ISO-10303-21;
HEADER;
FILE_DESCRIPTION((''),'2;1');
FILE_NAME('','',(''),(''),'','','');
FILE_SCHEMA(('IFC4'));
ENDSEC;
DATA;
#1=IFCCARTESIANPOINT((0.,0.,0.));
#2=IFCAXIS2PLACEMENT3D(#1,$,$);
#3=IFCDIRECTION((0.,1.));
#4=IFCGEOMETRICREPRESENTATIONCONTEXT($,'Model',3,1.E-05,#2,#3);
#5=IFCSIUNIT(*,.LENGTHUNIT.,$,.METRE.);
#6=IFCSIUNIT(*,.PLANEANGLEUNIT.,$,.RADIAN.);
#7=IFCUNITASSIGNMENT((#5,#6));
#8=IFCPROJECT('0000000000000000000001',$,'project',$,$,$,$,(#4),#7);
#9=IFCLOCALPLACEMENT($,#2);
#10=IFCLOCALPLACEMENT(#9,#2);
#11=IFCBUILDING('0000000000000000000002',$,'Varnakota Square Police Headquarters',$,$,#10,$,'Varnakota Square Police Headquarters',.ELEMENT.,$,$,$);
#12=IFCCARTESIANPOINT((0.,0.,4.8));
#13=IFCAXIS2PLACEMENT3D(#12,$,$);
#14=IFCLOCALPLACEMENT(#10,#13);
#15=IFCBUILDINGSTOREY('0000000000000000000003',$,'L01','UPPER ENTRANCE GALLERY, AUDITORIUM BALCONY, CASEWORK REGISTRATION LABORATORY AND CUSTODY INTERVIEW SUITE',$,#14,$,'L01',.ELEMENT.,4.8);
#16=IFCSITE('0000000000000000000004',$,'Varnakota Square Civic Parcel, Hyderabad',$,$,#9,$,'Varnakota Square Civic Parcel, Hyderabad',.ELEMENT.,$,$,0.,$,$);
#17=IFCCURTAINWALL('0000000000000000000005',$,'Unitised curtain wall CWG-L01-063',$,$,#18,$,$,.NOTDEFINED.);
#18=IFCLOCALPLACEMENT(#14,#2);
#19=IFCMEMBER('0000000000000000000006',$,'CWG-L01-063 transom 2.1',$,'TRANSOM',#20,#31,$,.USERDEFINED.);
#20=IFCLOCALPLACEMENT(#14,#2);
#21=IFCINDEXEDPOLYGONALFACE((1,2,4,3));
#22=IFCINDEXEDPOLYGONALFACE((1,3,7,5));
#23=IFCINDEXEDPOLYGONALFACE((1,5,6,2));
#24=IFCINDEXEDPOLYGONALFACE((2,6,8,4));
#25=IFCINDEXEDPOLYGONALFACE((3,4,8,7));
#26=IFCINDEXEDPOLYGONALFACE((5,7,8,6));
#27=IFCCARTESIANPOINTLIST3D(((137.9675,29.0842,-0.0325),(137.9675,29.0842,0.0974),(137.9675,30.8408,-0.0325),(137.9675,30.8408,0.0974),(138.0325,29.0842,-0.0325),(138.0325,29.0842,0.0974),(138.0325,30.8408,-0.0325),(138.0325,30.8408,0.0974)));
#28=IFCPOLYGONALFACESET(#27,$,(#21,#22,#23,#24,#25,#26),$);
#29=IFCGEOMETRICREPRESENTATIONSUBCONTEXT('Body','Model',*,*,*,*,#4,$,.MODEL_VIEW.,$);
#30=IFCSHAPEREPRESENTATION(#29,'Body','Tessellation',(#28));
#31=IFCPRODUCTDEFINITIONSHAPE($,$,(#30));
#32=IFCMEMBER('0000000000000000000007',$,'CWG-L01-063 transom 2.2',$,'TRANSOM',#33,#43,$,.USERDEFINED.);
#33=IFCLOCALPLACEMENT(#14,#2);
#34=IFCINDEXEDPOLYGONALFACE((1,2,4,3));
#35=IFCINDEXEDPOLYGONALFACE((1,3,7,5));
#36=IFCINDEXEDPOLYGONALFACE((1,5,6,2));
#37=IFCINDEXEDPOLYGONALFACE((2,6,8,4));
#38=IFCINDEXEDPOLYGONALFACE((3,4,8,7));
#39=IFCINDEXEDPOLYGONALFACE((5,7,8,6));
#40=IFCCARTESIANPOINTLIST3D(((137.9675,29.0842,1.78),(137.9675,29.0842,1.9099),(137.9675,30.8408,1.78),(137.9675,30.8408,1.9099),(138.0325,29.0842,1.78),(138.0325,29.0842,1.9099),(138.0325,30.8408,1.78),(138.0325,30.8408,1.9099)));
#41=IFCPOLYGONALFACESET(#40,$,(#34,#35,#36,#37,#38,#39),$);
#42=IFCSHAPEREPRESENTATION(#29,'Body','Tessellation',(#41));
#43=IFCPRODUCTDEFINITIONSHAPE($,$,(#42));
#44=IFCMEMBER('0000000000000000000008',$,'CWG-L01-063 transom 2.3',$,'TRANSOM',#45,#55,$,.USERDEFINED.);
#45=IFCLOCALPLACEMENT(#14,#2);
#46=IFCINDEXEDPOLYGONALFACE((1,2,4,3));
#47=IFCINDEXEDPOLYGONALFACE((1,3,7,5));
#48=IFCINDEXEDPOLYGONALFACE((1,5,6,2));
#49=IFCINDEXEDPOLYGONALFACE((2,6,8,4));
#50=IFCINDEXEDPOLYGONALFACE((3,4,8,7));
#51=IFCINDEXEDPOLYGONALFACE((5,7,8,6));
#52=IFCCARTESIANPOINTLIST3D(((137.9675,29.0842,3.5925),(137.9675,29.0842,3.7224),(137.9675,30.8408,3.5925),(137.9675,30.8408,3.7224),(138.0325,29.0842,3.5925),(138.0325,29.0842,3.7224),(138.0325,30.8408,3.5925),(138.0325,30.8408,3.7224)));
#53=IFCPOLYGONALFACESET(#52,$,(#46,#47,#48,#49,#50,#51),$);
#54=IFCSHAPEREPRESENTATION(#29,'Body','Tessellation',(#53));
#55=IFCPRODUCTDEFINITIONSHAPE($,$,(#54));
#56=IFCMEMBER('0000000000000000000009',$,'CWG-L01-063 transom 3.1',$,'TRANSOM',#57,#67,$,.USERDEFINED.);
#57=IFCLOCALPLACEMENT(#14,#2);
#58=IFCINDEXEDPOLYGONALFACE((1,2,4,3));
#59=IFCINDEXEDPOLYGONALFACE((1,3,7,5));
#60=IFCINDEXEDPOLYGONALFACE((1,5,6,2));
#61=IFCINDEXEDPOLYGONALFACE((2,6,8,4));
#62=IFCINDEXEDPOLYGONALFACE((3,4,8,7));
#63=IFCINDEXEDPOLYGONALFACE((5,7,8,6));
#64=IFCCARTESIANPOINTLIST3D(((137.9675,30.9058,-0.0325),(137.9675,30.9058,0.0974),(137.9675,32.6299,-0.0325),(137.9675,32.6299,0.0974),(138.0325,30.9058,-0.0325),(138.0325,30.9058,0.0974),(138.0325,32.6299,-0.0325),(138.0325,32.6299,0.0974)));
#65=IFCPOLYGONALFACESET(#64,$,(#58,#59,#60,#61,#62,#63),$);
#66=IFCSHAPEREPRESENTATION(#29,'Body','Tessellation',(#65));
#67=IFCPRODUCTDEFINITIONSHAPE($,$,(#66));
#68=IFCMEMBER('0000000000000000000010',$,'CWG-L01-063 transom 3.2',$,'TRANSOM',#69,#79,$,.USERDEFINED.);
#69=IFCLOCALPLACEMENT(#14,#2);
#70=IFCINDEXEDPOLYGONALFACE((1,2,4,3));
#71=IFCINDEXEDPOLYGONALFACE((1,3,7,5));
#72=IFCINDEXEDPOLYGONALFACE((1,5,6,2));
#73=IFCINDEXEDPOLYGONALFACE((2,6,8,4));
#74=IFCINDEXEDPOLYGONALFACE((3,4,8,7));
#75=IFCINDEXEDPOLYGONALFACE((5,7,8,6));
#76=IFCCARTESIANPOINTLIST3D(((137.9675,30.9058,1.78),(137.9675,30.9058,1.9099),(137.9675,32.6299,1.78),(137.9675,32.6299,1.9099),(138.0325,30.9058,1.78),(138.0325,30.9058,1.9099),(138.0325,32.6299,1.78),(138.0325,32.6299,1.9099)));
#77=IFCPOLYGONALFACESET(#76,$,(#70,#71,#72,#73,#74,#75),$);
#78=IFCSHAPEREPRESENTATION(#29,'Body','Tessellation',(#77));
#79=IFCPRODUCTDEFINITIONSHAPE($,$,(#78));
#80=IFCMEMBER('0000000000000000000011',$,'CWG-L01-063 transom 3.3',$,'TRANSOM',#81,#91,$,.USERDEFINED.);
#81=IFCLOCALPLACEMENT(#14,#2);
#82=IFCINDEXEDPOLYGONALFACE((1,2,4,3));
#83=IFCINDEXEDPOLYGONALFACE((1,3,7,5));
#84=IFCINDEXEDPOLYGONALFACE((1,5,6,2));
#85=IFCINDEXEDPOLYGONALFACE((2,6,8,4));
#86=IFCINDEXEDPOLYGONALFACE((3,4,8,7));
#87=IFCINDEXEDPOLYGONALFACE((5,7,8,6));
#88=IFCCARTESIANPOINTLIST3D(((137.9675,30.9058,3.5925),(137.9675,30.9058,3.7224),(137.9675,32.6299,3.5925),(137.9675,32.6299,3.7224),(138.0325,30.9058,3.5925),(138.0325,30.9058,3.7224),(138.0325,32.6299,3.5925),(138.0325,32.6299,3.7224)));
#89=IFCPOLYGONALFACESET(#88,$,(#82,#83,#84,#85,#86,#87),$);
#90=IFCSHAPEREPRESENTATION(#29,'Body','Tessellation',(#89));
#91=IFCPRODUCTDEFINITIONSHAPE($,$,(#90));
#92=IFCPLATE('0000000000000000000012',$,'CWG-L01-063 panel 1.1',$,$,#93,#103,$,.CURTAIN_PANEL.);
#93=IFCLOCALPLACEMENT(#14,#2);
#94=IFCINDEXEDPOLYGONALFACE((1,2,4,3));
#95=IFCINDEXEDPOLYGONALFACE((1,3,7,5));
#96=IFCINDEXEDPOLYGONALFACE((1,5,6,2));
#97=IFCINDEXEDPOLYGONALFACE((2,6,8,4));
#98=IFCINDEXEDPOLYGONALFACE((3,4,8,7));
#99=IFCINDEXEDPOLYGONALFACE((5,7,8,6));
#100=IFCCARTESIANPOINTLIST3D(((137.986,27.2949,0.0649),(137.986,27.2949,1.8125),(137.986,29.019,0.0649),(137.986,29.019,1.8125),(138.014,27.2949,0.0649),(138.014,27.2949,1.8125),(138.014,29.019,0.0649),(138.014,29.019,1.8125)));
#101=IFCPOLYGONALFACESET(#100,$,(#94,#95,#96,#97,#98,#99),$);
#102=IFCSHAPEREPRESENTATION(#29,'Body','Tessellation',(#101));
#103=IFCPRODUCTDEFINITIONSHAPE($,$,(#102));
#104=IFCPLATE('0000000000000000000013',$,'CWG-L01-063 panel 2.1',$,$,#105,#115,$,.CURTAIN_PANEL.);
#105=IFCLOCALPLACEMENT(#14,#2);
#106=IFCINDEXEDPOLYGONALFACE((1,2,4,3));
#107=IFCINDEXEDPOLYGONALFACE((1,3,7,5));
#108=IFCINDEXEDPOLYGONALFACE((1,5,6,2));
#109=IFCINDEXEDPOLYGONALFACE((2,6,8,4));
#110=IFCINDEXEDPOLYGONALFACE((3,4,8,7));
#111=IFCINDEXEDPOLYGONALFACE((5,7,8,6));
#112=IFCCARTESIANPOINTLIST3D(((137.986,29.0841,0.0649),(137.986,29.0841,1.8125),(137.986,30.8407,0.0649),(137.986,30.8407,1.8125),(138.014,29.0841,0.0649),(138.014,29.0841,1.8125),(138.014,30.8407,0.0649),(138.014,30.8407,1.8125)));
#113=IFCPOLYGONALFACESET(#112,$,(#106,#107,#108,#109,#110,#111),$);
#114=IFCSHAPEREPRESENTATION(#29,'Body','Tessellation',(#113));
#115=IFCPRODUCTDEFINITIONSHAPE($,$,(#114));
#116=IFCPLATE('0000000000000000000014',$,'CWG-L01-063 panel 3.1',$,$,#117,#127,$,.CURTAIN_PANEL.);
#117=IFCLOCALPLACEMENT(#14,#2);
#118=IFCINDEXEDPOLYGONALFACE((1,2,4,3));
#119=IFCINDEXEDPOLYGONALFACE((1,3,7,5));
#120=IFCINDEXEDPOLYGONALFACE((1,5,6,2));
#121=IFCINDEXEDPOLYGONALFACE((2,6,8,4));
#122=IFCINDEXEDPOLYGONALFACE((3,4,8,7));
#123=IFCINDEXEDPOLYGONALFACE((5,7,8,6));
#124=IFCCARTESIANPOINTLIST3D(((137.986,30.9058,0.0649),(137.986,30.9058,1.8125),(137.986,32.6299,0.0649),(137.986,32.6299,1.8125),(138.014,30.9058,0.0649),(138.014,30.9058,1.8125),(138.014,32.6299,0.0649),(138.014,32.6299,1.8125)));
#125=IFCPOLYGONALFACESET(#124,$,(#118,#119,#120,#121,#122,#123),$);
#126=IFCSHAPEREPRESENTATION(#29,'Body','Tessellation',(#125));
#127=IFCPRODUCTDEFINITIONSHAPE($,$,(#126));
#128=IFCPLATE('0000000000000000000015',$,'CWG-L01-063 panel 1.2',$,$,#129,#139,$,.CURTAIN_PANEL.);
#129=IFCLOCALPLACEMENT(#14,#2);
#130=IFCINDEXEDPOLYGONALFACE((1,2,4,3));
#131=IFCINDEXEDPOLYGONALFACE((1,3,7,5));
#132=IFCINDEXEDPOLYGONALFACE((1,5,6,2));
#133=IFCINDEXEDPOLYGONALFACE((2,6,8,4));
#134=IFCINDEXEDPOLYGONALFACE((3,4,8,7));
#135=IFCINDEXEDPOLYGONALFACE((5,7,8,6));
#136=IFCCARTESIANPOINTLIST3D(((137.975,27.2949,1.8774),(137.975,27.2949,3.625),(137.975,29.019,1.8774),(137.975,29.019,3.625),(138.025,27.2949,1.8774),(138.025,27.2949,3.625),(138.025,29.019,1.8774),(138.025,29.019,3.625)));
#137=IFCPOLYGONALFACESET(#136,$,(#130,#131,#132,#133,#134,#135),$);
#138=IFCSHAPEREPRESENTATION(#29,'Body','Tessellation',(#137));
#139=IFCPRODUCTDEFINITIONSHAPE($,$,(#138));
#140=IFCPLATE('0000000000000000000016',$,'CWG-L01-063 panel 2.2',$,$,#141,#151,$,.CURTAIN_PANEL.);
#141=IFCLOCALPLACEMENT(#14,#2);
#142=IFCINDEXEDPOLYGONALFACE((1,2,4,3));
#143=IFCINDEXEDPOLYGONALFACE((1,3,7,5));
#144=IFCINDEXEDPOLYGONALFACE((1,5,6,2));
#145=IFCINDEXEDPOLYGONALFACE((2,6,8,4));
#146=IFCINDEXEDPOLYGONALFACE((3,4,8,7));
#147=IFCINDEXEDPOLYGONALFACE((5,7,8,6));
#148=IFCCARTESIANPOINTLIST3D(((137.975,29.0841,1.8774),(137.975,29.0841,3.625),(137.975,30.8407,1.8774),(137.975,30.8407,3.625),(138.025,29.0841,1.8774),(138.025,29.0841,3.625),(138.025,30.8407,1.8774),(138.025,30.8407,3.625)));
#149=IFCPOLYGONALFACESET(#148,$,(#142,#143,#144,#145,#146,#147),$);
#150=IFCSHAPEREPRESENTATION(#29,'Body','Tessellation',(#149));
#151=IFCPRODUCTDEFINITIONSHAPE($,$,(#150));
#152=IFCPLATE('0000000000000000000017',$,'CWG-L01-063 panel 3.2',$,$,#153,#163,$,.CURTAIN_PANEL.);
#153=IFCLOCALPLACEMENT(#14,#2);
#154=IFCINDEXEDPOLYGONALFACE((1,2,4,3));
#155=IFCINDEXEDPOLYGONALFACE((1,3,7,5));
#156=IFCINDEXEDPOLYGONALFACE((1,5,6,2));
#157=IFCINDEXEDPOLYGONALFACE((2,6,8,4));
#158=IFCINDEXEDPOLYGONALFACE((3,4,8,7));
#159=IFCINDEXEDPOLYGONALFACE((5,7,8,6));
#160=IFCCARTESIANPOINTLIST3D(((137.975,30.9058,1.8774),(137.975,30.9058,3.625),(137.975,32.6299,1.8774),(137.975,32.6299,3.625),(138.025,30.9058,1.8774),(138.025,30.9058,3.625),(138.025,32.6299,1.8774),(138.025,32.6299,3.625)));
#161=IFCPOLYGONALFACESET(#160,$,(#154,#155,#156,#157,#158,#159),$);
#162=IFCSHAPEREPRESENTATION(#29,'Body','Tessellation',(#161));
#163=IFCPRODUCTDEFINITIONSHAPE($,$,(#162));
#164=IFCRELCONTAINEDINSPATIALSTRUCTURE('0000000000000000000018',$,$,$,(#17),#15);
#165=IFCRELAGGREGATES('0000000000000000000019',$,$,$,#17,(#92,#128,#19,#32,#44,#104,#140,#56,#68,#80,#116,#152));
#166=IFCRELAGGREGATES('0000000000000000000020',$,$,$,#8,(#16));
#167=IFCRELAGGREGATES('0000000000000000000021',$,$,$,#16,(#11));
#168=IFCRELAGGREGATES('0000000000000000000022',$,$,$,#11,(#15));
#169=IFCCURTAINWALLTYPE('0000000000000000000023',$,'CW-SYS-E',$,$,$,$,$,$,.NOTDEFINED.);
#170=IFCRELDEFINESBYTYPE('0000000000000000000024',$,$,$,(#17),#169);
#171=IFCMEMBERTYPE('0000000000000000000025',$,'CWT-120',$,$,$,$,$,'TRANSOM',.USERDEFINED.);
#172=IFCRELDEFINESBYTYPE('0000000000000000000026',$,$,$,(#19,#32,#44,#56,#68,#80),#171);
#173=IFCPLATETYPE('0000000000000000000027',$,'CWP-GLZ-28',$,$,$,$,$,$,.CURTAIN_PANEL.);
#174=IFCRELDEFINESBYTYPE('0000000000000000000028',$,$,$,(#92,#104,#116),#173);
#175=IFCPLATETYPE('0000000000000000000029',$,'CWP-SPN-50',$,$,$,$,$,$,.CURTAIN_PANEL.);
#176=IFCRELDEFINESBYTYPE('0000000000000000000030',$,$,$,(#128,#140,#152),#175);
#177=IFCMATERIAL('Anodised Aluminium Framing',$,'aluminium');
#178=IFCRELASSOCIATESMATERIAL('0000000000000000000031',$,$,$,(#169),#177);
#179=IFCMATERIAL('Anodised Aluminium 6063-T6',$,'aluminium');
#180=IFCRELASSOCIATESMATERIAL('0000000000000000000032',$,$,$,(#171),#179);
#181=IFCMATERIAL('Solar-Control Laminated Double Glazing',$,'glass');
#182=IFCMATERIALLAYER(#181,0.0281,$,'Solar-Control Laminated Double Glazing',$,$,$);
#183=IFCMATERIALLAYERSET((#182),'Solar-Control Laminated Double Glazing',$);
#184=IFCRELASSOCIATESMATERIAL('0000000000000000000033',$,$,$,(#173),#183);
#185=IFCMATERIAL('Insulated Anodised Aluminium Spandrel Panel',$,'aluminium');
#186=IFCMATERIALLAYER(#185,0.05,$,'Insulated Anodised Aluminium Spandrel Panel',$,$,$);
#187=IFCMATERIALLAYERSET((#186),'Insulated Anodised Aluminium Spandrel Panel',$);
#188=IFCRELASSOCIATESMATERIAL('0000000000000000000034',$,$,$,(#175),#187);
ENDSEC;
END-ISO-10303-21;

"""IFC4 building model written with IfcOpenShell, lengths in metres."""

from ifc_helpers import new_model, si_unit, direction, frame, origin, origin_2d, place, context, subcontext, project, spatial, rectangle, extrude, material, layer, layer_set, material_profile, profile_set, type_object, element, aggregate, save


model = new_model("IFC4")

# Units and contexts
model_context = context("Model", 3, precision=1e-05, world=origin(), true_north=direction((0.0, 1.0)))
body_context = subcontext(model_context, "Body", "Model", "MODEL_VIEW")
ifc_project = project(units=[si_unit("LENGTHUNIT", "METRE"), si_unit("PLANEANGLEUNIT", "RADIAN")], contexts=[model_context])

# Site, building, storey
site_placement = place(None, origin())
site = spatial("IfcSite", under=ifc_project, at=site_placement, Name="Varnakota Square Civic Parcel, Hyderabad", LongName="Varnakota Square Civic Parcel, Hyderabad", CompositionType="ELEMENT", RefElevation=0.0)
building_placement = place(site_placement, origin())
building = spatial("IfcBuilding", under=site, at=building_placement, Name="Varnakota Square Police Headquarters", LongName="Varnakota Square Police Headquarters", CompositionType="ELEMENT")
storey_placement = place(building_placement, frame((0.0, 0.0, 4.8)))
storey = spatial("IfcBuildingStorey", under=building, at=storey_placement, Name="L01", Description="UPPER ENTRANCE GALLERY, AUDITORIUM BALCONY, CASEWORK REGISTRATION LABORATORY AND CUSTODY INTERVIEW SUITE", LongName="L01", CompositionType="ELEMENT", Elevation=4.8)

# Curtain wall, members, plates
ifc_material_1 = material(Name="Anodised Aluminium Framing", Category="aluminium")
curtain_wall_type = type_object("IfcCurtainWallType", Name="CW-SYS-E", PredefinedType="NOTDEFINED", material=ifc_material_1)
curtain_wall_placement = place(storey_placement, origin())
curtain_wall = element("IfcCurtainWall", 1, at=curtain_wall_placement, inside=storey, type_object=curtain_wall_type, Name="Unitised curtain wall CWG-L01-063", PredefinedType="NOTDEFINED")
ifc_material_2 = material(Name="Anodised Aluminium 6063-T6", Category="aluminium")
ifc_material_profile_1 = material_profile(ifc_material_2, rectangle(XDim=0.0649, YDim=0.1299, at=origin_2d()), Name="ALU TRANSOM 65x130")
ifc_profile_set_1 = profile_set([ifc_material_profile_1], Name="Anodised Aluminium 6063-T6")
member_type_1 = type_object("IfcMemberType", Name="CWT-120", ElementType="TRANSOM", PredefinedType="USERDEFINED", material=ifc_profile_set_1)
member_1_placement = place(storey_placement, frame((138.0, 29.0842, 0.0325), z_axis=(0.0, 1.0, 0.0), x_axis=(-1.0, 0.0, 0.0)))
member_1 = element("IfcMember", 2, at=member_1_placement, type_object=member_type_1, Name="CWG-L01-063 transom 2.1", ObjectType="TRANSOM", PredefinedType="USERDEFINED", context=body_context, shape_type="SweptSolid", body=[
    extrude(rectangle(XDim=0.0649, YDim=0.1299, at=origin_2d()), origin(), (0.0, 0.0, 1.0), 1.7566),
])
member_2_placement = place(storey_placement, frame((138.0, 29.0842, 1.845), z_axis=(0.0, 1.0, 0.0), x_axis=(-1.0, 0.0, 0.0)))
member_2 = element("IfcMember", 3, at=member_2_placement, type_object=member_type_1, Name="CWG-L01-063 transom 2.2", ObjectType="TRANSOM", PredefinedType="USERDEFINED", context=body_context, shape_type="SweptSolid", body=[
    extrude(rectangle(XDim=0.0649, YDim=0.1299, at=origin_2d()), origin(), (0.0, 0.0, 1.0), 1.7566),
])
member_3_placement = place(storey_placement, frame((138.0, 29.0842, 3.6575), z_axis=(0.0, 1.0, 0.0), x_axis=(-1.0, 0.0, 0.0)))
member_3 = element("IfcMember", 4, at=member_3_placement, type_object=member_type_1, Name="CWG-L01-063 transom 2.3", ObjectType="TRANSOM", PredefinedType="USERDEFINED", context=body_context, shape_type="SweptSolid", body=[
    extrude(rectangle(XDim=0.0649, YDim=0.1299, at=origin_2d()), origin(), (0.0, 0.0, 1.0), 1.7566),
])
member_4_placement = place(storey_placement, frame((138.0, 30.9058, 0.0325), z_axis=(0.0, 1.0, 0.0), x_axis=(-1.0, 0.0, 0.0)))
member_4 = element("IfcMember", 5, at=member_4_placement, type_object=member_type_1, Name="CWG-L01-063 transom 3.1", ObjectType="TRANSOM", PredefinedType="USERDEFINED", context=body_context, shape_type="SweptSolid", body=[
    extrude(rectangle(XDim=0.0649, YDim=0.1299, at=origin_2d()), origin(), (0.0, 0.0, 1.0), 1.7241),
])
member_5_placement = place(storey_placement, frame((138.0, 30.9058, 1.845), z_axis=(0.0, 1.0, 0.0), x_axis=(-1.0, 0.0, 0.0)))
member_5 = element("IfcMember", 6, at=member_5_placement, type_object=member_type_1, Name="CWG-L01-063 transom 3.2", ObjectType="TRANSOM", PredefinedType="USERDEFINED", context=body_context, shape_type="SweptSolid", body=[
    extrude(rectangle(XDim=0.0649, YDim=0.1299, at=origin_2d()), origin(), (0.0, 0.0, 1.0), 1.7241),
])
member_6_placement = place(storey_placement, frame((138.0, 30.9058, 3.6575), z_axis=(0.0, 1.0, 0.0), x_axis=(-1.0, 0.0, 0.0)))
member_6 = element("IfcMember", 7, at=member_6_placement, type_object=member_type_1, Name="CWG-L01-063 transom 3.3", ObjectType="TRANSOM", PredefinedType="USERDEFINED", context=body_context, shape_type="SweptSolid", body=[
    extrude(rectangle(XDim=0.0649, YDim=0.1299, at=origin_2d()), origin(), (0.0, 0.0, 1.0), 1.7241),
])
ifc_material_3 = material(Name="Solar-Control Laminated Double Glazing", Category="glass")
ifc_layer_1 = layer(ifc_material_3, 0.0281, Name="Solar-Control Laminated Double Glazing")
ifc_layer_set_1 = layer_set([ifc_layer_1], Name="Solar-Control Laminated Double Glazing")
plate_type_1 = type_object("IfcPlateType", Name="CWP-GLZ-28", PredefinedType="CURTAIN_PANEL", material=ifc_layer_set_1)
plate_1_placement = place(storey_placement, frame((138.0, 28.157, 0.0649), z_axis=(0.0, 0.0, 1.0), x_axis=(0.0, 1.0, 0.0)))
plate_1 = element("IfcPlate", 8, at=plate_1_placement, type_object=plate_type_1, Name="CWG-L01-063 panel 1.1", PredefinedType="CURTAIN_PANEL", context=body_context, shape_type="SweptSolid", body=[
    extrude(rectangle(XDim=1.7241, YDim=0.0281, at=origin_2d()), origin(), (0.0, 0.0, 1.0), 1.7476),
])
plate_2_placement = place(storey_placement, frame((138.0, 29.9624, 0.0649), z_axis=(0.0, 0.0, 1.0), x_axis=(0.0, 1.0, 0.0)))
plate_2 = element("IfcPlate", 9, at=plate_2_placement, type_object=plate_type_1, Name="CWG-L01-063 panel 2.1", PredefinedType="CURTAIN_PANEL", context=body_context, shape_type="SweptSolid", body=[
    extrude(rectangle(XDim=1.7566, YDim=0.0281, at=origin_2d()), origin(), (0.0, 0.0, 1.0), 1.7476),
])
plate_3_placement = place(storey_placement, frame((138.0, 31.7678, 0.0649), z_axis=(0.0, 0.0, 1.0), x_axis=(0.0, 1.0, 0.0)))
plate_3 = element("IfcPlate", 10, at=plate_3_placement, type_object=plate_type_1, Name="CWG-L01-063 panel 3.1", PredefinedType="CURTAIN_PANEL", context=body_context, shape_type="SweptSolid", body=[
    extrude(rectangle(XDim=1.7241, YDim=0.0281, at=origin_2d()), origin(), (0.0, 0.0, 1.0), 1.7476),
])
ifc_material_4 = material(Name="Insulated Anodised Aluminium Spandrel Panel", Category="aluminium")
ifc_layer_2 = layer(ifc_material_4, 0.05, Name="Insulated Anodised Aluminium Spandrel Panel")
ifc_layer_set_2 = layer_set([ifc_layer_2], Name="Insulated Anodised Aluminium Spandrel Panel")
plate_type_2 = type_object("IfcPlateType", Name="CWP-SPN-50", PredefinedType="CURTAIN_PANEL", material=ifc_layer_set_2)
plate_4_placement = place(storey_placement, frame((138.0, 28.157, 1.8774), z_axis=(0.0, 0.0, 1.0), x_axis=(0.0, 1.0, 0.0)))
plate_4 = element("IfcPlate", 11, at=plate_4_placement, type_object=plate_type_2, Name="CWG-L01-063 panel 1.2", PredefinedType="CURTAIN_PANEL", context=body_context, shape_type="SweptSolid", body=[
    extrude(rectangle(XDim=1.7241, YDim=0.05, at=origin_2d()), origin(), (0.0, 0.0, 1.0), 1.7476),
])
plate_5_placement = place(storey_placement, frame((138.0, 29.9624, 1.8774), z_axis=(0.0, 0.0, 1.0), x_axis=(0.0, 1.0, 0.0)))
plate_5 = element("IfcPlate", 12, at=plate_5_placement, type_object=plate_type_2, Name="CWG-L01-063 panel 2.2", PredefinedType="CURTAIN_PANEL", context=body_context, shape_type="SweptSolid", body=[
    extrude(rectangle(XDim=1.7566, YDim=0.05, at=origin_2d()), origin(), (0.0, 0.0, 1.0), 1.7476),
])
plate_6_placement = place(storey_placement, frame((138.0, 31.7678, 1.8774), z_axis=(0.0, 0.0, 1.0), x_axis=(0.0, 1.0, 0.0)))
plate_6 = element("IfcPlate", 13, at=plate_6_placement, type_object=plate_type_2, Name="CWG-L01-063 panel 3.2", PredefinedType="CURTAIN_PANEL", context=body_context, shape_type="SweptSolid", body=[
    extrude(rectangle(XDim=1.7241, YDim=0.05, at=origin_2d()), origin(), (0.0, 0.0, 1.0), 1.7476),
])
aggregate(curtain_wall, [plate_1, plate_4, member_1, member_2, member_3, plate_2, plate_5, member_4, member_5, member_6, plate_3, plate_6])

save(model, "model.ifc")
